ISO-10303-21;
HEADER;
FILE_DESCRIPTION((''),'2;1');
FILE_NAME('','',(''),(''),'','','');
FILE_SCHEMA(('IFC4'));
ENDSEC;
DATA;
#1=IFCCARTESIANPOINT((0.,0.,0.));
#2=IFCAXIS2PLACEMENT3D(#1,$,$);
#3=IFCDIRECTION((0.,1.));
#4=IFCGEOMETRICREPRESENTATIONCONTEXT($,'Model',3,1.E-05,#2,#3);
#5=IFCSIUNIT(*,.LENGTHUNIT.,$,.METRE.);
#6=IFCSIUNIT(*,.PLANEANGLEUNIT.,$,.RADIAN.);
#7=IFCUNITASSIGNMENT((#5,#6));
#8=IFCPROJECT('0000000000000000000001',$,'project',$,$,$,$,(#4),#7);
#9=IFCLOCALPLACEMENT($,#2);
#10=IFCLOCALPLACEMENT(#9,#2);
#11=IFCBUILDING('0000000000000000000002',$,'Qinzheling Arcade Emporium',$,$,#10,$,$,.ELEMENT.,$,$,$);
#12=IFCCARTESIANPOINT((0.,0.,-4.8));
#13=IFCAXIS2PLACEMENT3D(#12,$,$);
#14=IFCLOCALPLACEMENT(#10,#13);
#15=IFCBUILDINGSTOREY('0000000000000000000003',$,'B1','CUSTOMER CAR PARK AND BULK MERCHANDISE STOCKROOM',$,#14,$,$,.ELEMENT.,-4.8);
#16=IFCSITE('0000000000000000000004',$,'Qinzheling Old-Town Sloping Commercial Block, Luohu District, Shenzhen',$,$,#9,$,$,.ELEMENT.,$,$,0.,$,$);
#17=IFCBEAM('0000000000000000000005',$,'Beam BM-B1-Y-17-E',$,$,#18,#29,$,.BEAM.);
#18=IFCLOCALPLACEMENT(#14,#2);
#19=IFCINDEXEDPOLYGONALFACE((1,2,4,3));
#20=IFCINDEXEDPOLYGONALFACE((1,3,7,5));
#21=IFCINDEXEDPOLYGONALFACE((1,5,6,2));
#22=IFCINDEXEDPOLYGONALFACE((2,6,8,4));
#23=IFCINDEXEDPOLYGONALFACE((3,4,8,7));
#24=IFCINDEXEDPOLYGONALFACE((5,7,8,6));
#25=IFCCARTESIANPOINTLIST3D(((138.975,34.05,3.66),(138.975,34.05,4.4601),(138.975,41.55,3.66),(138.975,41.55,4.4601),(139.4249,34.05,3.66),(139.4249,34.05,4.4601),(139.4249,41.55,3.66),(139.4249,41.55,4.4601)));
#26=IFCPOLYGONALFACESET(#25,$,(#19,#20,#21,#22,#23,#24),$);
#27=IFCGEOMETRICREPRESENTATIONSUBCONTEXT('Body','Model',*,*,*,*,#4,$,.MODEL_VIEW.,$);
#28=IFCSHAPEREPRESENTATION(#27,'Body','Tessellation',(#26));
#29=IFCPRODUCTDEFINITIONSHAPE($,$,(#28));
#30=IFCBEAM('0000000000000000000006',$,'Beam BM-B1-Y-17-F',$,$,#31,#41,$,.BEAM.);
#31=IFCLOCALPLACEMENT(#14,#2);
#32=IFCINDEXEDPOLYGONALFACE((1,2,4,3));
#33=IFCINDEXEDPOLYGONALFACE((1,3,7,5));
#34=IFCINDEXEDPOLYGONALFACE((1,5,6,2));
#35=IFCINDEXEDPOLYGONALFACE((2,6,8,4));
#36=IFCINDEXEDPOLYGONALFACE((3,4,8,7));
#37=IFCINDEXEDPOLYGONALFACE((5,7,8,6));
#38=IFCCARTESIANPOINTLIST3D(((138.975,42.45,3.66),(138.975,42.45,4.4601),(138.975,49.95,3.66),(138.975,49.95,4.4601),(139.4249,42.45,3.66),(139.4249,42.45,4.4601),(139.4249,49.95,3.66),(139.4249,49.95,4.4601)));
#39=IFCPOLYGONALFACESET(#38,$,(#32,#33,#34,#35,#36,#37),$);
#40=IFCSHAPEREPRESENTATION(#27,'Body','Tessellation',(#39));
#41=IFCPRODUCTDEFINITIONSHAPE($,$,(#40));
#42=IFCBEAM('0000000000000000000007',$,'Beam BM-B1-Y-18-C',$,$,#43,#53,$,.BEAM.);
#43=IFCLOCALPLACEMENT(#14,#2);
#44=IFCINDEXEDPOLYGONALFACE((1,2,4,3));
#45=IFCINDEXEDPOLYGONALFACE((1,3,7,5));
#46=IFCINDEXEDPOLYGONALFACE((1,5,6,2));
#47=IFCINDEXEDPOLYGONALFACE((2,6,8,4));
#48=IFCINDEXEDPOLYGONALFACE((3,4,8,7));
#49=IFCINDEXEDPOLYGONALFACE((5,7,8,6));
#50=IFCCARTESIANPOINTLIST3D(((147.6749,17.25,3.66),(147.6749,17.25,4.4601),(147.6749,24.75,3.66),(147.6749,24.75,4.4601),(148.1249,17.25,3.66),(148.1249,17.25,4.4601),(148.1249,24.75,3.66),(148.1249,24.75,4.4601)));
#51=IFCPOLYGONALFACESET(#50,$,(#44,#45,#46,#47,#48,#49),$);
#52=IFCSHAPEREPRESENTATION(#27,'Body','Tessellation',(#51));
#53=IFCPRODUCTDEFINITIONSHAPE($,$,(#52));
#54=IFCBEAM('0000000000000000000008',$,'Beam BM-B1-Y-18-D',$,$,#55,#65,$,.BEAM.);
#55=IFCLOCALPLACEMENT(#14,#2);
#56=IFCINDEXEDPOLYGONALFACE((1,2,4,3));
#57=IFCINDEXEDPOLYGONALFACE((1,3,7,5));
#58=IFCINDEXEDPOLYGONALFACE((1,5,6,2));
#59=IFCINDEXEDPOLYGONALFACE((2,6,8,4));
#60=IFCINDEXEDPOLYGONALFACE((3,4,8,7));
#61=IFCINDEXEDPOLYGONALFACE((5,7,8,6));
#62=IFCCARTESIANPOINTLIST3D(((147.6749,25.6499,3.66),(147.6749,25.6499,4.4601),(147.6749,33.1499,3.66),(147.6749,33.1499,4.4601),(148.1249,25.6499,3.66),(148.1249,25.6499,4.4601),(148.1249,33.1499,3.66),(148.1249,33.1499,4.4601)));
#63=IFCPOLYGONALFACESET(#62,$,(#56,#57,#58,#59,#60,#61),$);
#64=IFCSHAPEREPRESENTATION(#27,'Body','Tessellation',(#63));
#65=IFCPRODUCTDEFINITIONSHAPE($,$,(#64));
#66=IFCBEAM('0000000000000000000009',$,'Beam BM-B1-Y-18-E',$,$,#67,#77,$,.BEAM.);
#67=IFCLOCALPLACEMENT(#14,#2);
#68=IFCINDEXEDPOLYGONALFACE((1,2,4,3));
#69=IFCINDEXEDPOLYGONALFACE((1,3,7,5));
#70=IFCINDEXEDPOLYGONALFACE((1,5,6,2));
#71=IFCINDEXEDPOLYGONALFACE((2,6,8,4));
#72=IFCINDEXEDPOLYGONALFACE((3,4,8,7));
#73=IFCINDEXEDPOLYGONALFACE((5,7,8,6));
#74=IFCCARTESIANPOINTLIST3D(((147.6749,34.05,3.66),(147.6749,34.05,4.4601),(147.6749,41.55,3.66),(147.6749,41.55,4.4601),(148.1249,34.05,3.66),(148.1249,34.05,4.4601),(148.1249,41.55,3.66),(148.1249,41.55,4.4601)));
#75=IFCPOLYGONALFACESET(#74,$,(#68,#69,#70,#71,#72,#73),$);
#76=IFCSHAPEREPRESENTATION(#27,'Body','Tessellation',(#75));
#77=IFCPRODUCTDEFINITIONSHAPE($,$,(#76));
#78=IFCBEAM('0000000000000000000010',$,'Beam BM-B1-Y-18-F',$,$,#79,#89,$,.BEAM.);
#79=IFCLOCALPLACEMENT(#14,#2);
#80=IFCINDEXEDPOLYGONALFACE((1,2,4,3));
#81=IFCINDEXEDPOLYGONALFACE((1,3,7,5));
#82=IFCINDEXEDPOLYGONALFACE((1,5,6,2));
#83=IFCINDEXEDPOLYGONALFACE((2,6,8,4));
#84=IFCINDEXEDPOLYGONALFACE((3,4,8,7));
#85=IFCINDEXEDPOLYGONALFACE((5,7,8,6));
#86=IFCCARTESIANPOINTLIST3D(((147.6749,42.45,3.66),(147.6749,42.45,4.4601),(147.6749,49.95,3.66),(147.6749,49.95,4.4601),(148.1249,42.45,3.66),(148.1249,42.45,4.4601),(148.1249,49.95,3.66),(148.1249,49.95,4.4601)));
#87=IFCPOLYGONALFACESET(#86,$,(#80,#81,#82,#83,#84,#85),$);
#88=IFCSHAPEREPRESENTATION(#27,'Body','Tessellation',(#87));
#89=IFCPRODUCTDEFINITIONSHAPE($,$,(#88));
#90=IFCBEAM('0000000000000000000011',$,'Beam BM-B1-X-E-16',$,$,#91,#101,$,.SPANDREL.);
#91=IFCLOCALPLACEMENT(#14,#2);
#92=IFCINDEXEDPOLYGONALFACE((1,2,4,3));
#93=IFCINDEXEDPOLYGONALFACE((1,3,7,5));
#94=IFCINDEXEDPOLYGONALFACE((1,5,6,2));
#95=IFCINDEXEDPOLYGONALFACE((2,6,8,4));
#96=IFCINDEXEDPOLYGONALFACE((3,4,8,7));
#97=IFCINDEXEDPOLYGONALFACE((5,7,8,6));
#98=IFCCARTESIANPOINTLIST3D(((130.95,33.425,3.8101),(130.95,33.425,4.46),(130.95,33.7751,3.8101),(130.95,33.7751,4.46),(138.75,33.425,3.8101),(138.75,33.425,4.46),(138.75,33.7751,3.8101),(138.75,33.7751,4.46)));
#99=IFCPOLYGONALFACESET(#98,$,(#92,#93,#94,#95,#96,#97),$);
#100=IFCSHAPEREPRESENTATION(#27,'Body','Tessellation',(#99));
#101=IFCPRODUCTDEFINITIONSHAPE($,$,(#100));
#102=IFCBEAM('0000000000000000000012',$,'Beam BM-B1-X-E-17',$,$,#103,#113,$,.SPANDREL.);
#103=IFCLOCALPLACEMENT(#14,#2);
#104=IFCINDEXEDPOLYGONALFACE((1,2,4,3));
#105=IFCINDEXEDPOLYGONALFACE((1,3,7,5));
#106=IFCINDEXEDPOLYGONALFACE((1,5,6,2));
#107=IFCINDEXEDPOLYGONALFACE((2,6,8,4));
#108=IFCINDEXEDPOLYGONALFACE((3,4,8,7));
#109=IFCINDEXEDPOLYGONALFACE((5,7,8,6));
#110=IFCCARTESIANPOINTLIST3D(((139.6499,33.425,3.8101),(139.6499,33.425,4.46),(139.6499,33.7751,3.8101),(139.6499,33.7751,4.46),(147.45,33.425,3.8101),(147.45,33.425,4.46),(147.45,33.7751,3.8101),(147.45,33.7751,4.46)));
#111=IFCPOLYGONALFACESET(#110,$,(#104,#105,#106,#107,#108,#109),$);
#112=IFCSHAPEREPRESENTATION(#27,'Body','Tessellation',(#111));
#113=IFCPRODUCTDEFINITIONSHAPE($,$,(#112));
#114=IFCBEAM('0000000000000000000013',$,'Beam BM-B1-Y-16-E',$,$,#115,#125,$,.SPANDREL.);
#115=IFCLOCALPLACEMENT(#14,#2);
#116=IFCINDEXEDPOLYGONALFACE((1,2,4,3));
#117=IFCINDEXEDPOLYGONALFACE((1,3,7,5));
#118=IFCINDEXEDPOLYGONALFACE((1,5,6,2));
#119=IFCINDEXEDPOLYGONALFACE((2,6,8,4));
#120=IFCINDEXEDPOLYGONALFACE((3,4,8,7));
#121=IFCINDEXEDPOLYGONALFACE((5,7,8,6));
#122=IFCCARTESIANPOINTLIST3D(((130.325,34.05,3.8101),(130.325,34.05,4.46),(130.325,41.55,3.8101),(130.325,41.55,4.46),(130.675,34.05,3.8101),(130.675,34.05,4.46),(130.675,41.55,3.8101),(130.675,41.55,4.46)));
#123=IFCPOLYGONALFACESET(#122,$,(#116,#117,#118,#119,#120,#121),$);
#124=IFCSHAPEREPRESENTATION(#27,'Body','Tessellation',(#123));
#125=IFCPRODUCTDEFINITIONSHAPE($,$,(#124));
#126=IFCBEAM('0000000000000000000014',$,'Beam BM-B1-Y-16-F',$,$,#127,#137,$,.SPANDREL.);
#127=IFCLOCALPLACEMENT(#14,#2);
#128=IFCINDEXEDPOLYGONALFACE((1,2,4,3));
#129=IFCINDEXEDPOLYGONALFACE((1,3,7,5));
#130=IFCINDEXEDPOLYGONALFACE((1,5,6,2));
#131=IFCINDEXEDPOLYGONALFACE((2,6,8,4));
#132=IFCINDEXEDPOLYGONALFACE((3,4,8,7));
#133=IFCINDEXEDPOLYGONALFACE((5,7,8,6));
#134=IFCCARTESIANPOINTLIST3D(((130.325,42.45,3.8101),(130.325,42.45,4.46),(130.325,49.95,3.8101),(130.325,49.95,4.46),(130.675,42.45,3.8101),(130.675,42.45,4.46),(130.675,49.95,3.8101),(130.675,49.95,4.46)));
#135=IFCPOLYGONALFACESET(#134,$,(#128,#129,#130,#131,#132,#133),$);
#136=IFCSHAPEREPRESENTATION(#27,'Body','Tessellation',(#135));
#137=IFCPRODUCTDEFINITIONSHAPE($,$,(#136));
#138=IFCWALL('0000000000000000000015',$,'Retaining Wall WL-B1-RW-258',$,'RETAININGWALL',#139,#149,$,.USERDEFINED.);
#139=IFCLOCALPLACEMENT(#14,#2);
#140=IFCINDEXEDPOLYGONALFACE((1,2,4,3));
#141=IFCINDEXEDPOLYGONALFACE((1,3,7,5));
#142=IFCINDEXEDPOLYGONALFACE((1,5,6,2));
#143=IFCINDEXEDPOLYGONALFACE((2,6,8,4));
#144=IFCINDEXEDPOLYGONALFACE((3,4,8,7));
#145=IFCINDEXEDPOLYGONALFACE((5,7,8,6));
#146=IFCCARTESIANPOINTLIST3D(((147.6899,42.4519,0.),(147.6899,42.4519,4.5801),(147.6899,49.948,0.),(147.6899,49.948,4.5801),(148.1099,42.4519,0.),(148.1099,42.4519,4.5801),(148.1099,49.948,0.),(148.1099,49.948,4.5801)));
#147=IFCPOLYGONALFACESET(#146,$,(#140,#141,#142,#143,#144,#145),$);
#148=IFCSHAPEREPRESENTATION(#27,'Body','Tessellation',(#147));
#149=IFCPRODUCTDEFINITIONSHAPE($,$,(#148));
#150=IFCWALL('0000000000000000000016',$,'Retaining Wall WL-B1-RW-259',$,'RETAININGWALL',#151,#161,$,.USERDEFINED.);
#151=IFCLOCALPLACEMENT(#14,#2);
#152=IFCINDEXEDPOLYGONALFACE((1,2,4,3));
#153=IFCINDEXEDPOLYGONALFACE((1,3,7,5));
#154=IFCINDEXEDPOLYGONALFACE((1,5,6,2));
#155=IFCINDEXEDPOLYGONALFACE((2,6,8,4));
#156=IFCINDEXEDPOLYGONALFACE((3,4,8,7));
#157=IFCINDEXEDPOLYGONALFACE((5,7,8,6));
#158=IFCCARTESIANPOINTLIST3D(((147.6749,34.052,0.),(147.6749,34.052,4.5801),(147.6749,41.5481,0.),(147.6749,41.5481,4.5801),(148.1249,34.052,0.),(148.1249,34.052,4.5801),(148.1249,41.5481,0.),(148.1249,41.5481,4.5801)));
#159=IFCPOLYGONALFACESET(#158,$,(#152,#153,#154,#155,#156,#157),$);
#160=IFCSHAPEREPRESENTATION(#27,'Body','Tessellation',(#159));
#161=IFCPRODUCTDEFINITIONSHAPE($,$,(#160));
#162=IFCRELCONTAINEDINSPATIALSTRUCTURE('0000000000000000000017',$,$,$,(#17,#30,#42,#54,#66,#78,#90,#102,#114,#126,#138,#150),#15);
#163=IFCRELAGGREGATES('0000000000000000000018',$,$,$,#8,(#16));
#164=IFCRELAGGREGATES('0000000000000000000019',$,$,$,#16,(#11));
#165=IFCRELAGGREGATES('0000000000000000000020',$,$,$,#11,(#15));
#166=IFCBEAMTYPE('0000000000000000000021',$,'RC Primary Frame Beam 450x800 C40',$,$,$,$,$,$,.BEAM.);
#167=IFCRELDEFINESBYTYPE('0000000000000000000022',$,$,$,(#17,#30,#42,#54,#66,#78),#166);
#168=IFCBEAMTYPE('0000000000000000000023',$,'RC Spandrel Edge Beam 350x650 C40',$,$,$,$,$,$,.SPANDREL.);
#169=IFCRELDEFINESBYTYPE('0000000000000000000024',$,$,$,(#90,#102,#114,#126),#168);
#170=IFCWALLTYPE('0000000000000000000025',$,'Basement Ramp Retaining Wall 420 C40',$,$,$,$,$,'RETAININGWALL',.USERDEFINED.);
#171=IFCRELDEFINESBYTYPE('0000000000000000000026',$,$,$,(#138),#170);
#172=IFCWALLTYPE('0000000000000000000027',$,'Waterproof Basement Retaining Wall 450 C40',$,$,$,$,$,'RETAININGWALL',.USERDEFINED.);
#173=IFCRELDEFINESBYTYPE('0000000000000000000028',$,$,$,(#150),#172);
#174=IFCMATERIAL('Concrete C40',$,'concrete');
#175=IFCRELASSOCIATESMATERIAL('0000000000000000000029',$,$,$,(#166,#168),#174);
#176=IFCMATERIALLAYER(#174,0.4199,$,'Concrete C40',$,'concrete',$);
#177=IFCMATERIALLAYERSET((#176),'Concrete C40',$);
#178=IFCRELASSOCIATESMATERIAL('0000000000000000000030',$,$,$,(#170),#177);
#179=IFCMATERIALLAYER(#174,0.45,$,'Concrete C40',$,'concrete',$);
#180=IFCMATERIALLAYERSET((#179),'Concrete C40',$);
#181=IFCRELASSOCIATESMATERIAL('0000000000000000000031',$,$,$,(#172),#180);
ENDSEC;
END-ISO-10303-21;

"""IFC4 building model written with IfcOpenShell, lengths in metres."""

from ifc_helpers import new_model, si_unit, direction, frame, frame_2d, origin, origin_2d, place, context, subcontext, project, spatial, rectangle, extrude, material, layer, layer_set, material_profile, profile_set, type_object, element, save


model = new_model("IFC4")

# Units and contexts
model_context = context("Model", 3, precision=1e-05, world=origin(), true_north=direction((0.0, 1.0)))
body_context = subcontext(model_context, "Body", "Model", "MODEL_VIEW")
ifc_project = project(units=[si_unit("LENGTHUNIT", "METRE"), si_unit("PLANEANGLEUNIT", "RADIAN")], contexts=[model_context])

# Site, building, storey
site_placement = place(None, origin())
site = spatial("IfcSite", under=ifc_project, at=site_placement, Name="Qinzheling Old-Town Sloping Commercial Block, Luohu District, Shenzhen", CompositionType="ELEMENT", RefElevation=0.0)
building_placement = place(site_placement, origin())
building = spatial("IfcBuilding", under=site, at=building_placement, Name="Qinzheling Arcade Emporium", CompositionType="ELEMENT")
storey_placement = place(building_placement, frame((0.0, 0.0, -4.8)))
storey = spatial("IfcBuildingStorey", under=building, at=storey_placement, Name="B1", Description="CUSTOMER CAR PARK AND BULK MERCHANDISE STOCKROOM", CompositionType="ELEMENT", Elevation=-4.8)

# Beams
ifc_material_1 = material(Name="Concrete C40", Category="concrete")
ifc_material_profile_1 = material_profile(ifc_material_1, rectangle(XDim=0.45, YDim=0.8, at=origin_2d()), Name="RC 450x800", Category="concrete")
ifc_profile_set_1 = profile_set([ifc_material_profile_1], Name="Concrete C40")
beam_type_1 = type_object("IfcBeamType", Name="RC Primary Frame Beam 450x800 C40", PredefinedType="BEAM", material=ifc_profile_set_1)
for number, where, z_axis, x_axis, name in (
    (1, (139.2, 34.05, 4.0601), (0.0, 1.0, 0.0), (-1.0, 0.0, 0.0), "Beam BM-B1-Y-17-E"),
    (2, (139.2, 42.45, 4.0601), (0.0, 1.0, 0.0), (-1.0, 0.0, 0.0), "Beam BM-B1-Y-17-F"),
    (3, (147.8999, 17.25, 4.0601), (0.0, 1.0, 0.0), (-1.0, 0.0, 0.0), "Beam BM-B1-Y-18-C"),
    (4, (147.8999, 25.6499, 4.0601), (0.0, 1.0, 0.0), (-1.0, 0.0, 0.0), "Beam BM-B1-Y-18-D"),
    (5, (147.8999, 34.05, 4.0601), (0.0, 1.0, 0.0), (-1.0, 0.0, 0.0), "Beam BM-B1-Y-18-E"),
    (6, (147.8999, 42.45, 4.0601), (0.0, 1.0, 0.0), (-1.0, 0.0, 0.0), "Beam BM-B1-Y-18-F"),
):
    element("IfcBeam", number, at=place(storey_placement, frame(where, z_axis=z_axis, x_axis=x_axis)), inside=storey, type_object=beam_type_1, Name=name, PredefinedType="BEAM", context=body_context, shape_type="SweptSolid", body=[
        extrude(rectangle(XDim=0.45, YDim=0.8, at=origin_2d()), origin(), (0.0, 0.0, 1.0), 7.5),
    ])
ifc_material_profile_2 = material_profile(ifc_material_1, rectangle(XDim=0.3501, YDim=0.6499, at=origin_2d()), Name="RC 350x650", Category="concrete")
ifc_profile_set_2 = profile_set([ifc_material_profile_2], Name="Concrete C40")
beam_type_2 = type_object("IfcBeamType", Name="RC Spandrel Edge Beam 350x650 C40", PredefinedType="SPANDREL", material=ifc_profile_set_2)
for number, where, z_axis, x_axis, name in (
    (7, (130.95, 33.6001, 4.135), (1.0, 0.0, 0.0), (0.0, 1.0, 0.0), "Beam BM-B1-X-E-16"),
    (8, (139.6499, 33.6001, 4.135), (1.0, 0.0, 0.0), (0.0, 1.0, 0.0), "Beam BM-B1-X-E-17"),
):
    element("IfcBeam", number, at=place(storey_placement, frame(where, z_axis=z_axis, x_axis=x_axis)), inside=storey, type_object=beam_type_2, Name=name, PredefinedType="SPANDREL", context=body_context, shape_type="SweptSolid", body=[
        extrude(rectangle(XDim=0.3501, YDim=0.6499, at=origin_2d()), origin(), (0.0, 0.0, 1.0), 7.8),
    ])
for number, where, z_axis, x_axis, name in (
    (9, (130.5, 34.05, 4.135), (0.0, 1.0, 0.0), (-1.0, 0.0, 0.0), "Beam BM-B1-Y-16-E"),
    (10, (130.5, 42.45, 4.135), (0.0, 1.0, 0.0), (-1.0, 0.0, 0.0), "Beam BM-B1-Y-16-F"),
):
    element("IfcBeam", number, at=place(storey_placement, frame(where, z_axis=z_axis, x_axis=x_axis)), inside=storey, type_object=beam_type_2, Name=name, PredefinedType="SPANDREL", context=body_context, shape_type="SweptSolid", body=[
        extrude(rectangle(XDim=0.3501, YDim=0.6499, at=origin_2d()), origin(), (0.0, 0.0, 1.0), 7.5),
    ])

# Walls
ifc_layer_1 = layer(ifc_material_1, 0.4199, Name="Concrete C40", Category="concrete")
ifc_layer_set_1 = layer_set([ifc_layer_1], Name="Concrete C40")
wall_type_1 = type_object("IfcWallType", Name="Basement Ramp Retaining Wall 420 C40", ElementType="RETAININGWALL", PredefinedType="USERDEFINED", material=ifc_layer_set_1)
wall_1_placement = place(storey_placement, frame((147.8999, 49.948, 0.0), z_axis=(0.0, 0.0, 1.0), x_axis=(0.0, -1.0, 0.0)))
element("IfcWall", 11, at=wall_1_placement, inside=storey, type_object=wall_type_1, Name="Retaining Wall WL-B1-RW-258", ObjectType="RETAININGWALL", PredefinedType="USERDEFINED", context=body_context, shape_type="SweptSolid", body=[
    extrude(rectangle(XDim=7.4961, YDim=0.4199, at=frame_2d((3.748, 0.0))), origin(), (0.0, 0.0, 1.0), 4.5801),
])
ifc_layer_2 = layer(ifc_material_1, 0.45, Name="Concrete C40", Category="concrete")
ifc_layer_set_2 = layer_set([ifc_layer_2], Name="Concrete C40")
wall_type_2 = type_object("IfcWallType", Name="Waterproof Basement Retaining Wall 450 C40", ElementType="RETAININGWALL", PredefinedType="USERDEFINED", material=ifc_layer_set_2)
wall_2_placement = place(storey_placement, frame((147.8999, 41.5481, 0.0), z_axis=(0.0, 0.0, 1.0), x_axis=(0.0, -1.0, 0.0)))
element("IfcWall", 12, at=wall_2_placement, inside=storey, type_object=wall_type_2, Name="Retaining Wall WL-B1-RW-259", ObjectType="RETAININGWALL", PredefinedType="USERDEFINED", context=body_context, shape_type="SweptSolid", body=[
    extrude(rectangle(XDim=7.4961, YDim=0.45, at=frame_2d((3.748, 0.0))), origin(), (0.0, 0.0, 1.0), 4.5801),
])

save(model, "model.ifc")
